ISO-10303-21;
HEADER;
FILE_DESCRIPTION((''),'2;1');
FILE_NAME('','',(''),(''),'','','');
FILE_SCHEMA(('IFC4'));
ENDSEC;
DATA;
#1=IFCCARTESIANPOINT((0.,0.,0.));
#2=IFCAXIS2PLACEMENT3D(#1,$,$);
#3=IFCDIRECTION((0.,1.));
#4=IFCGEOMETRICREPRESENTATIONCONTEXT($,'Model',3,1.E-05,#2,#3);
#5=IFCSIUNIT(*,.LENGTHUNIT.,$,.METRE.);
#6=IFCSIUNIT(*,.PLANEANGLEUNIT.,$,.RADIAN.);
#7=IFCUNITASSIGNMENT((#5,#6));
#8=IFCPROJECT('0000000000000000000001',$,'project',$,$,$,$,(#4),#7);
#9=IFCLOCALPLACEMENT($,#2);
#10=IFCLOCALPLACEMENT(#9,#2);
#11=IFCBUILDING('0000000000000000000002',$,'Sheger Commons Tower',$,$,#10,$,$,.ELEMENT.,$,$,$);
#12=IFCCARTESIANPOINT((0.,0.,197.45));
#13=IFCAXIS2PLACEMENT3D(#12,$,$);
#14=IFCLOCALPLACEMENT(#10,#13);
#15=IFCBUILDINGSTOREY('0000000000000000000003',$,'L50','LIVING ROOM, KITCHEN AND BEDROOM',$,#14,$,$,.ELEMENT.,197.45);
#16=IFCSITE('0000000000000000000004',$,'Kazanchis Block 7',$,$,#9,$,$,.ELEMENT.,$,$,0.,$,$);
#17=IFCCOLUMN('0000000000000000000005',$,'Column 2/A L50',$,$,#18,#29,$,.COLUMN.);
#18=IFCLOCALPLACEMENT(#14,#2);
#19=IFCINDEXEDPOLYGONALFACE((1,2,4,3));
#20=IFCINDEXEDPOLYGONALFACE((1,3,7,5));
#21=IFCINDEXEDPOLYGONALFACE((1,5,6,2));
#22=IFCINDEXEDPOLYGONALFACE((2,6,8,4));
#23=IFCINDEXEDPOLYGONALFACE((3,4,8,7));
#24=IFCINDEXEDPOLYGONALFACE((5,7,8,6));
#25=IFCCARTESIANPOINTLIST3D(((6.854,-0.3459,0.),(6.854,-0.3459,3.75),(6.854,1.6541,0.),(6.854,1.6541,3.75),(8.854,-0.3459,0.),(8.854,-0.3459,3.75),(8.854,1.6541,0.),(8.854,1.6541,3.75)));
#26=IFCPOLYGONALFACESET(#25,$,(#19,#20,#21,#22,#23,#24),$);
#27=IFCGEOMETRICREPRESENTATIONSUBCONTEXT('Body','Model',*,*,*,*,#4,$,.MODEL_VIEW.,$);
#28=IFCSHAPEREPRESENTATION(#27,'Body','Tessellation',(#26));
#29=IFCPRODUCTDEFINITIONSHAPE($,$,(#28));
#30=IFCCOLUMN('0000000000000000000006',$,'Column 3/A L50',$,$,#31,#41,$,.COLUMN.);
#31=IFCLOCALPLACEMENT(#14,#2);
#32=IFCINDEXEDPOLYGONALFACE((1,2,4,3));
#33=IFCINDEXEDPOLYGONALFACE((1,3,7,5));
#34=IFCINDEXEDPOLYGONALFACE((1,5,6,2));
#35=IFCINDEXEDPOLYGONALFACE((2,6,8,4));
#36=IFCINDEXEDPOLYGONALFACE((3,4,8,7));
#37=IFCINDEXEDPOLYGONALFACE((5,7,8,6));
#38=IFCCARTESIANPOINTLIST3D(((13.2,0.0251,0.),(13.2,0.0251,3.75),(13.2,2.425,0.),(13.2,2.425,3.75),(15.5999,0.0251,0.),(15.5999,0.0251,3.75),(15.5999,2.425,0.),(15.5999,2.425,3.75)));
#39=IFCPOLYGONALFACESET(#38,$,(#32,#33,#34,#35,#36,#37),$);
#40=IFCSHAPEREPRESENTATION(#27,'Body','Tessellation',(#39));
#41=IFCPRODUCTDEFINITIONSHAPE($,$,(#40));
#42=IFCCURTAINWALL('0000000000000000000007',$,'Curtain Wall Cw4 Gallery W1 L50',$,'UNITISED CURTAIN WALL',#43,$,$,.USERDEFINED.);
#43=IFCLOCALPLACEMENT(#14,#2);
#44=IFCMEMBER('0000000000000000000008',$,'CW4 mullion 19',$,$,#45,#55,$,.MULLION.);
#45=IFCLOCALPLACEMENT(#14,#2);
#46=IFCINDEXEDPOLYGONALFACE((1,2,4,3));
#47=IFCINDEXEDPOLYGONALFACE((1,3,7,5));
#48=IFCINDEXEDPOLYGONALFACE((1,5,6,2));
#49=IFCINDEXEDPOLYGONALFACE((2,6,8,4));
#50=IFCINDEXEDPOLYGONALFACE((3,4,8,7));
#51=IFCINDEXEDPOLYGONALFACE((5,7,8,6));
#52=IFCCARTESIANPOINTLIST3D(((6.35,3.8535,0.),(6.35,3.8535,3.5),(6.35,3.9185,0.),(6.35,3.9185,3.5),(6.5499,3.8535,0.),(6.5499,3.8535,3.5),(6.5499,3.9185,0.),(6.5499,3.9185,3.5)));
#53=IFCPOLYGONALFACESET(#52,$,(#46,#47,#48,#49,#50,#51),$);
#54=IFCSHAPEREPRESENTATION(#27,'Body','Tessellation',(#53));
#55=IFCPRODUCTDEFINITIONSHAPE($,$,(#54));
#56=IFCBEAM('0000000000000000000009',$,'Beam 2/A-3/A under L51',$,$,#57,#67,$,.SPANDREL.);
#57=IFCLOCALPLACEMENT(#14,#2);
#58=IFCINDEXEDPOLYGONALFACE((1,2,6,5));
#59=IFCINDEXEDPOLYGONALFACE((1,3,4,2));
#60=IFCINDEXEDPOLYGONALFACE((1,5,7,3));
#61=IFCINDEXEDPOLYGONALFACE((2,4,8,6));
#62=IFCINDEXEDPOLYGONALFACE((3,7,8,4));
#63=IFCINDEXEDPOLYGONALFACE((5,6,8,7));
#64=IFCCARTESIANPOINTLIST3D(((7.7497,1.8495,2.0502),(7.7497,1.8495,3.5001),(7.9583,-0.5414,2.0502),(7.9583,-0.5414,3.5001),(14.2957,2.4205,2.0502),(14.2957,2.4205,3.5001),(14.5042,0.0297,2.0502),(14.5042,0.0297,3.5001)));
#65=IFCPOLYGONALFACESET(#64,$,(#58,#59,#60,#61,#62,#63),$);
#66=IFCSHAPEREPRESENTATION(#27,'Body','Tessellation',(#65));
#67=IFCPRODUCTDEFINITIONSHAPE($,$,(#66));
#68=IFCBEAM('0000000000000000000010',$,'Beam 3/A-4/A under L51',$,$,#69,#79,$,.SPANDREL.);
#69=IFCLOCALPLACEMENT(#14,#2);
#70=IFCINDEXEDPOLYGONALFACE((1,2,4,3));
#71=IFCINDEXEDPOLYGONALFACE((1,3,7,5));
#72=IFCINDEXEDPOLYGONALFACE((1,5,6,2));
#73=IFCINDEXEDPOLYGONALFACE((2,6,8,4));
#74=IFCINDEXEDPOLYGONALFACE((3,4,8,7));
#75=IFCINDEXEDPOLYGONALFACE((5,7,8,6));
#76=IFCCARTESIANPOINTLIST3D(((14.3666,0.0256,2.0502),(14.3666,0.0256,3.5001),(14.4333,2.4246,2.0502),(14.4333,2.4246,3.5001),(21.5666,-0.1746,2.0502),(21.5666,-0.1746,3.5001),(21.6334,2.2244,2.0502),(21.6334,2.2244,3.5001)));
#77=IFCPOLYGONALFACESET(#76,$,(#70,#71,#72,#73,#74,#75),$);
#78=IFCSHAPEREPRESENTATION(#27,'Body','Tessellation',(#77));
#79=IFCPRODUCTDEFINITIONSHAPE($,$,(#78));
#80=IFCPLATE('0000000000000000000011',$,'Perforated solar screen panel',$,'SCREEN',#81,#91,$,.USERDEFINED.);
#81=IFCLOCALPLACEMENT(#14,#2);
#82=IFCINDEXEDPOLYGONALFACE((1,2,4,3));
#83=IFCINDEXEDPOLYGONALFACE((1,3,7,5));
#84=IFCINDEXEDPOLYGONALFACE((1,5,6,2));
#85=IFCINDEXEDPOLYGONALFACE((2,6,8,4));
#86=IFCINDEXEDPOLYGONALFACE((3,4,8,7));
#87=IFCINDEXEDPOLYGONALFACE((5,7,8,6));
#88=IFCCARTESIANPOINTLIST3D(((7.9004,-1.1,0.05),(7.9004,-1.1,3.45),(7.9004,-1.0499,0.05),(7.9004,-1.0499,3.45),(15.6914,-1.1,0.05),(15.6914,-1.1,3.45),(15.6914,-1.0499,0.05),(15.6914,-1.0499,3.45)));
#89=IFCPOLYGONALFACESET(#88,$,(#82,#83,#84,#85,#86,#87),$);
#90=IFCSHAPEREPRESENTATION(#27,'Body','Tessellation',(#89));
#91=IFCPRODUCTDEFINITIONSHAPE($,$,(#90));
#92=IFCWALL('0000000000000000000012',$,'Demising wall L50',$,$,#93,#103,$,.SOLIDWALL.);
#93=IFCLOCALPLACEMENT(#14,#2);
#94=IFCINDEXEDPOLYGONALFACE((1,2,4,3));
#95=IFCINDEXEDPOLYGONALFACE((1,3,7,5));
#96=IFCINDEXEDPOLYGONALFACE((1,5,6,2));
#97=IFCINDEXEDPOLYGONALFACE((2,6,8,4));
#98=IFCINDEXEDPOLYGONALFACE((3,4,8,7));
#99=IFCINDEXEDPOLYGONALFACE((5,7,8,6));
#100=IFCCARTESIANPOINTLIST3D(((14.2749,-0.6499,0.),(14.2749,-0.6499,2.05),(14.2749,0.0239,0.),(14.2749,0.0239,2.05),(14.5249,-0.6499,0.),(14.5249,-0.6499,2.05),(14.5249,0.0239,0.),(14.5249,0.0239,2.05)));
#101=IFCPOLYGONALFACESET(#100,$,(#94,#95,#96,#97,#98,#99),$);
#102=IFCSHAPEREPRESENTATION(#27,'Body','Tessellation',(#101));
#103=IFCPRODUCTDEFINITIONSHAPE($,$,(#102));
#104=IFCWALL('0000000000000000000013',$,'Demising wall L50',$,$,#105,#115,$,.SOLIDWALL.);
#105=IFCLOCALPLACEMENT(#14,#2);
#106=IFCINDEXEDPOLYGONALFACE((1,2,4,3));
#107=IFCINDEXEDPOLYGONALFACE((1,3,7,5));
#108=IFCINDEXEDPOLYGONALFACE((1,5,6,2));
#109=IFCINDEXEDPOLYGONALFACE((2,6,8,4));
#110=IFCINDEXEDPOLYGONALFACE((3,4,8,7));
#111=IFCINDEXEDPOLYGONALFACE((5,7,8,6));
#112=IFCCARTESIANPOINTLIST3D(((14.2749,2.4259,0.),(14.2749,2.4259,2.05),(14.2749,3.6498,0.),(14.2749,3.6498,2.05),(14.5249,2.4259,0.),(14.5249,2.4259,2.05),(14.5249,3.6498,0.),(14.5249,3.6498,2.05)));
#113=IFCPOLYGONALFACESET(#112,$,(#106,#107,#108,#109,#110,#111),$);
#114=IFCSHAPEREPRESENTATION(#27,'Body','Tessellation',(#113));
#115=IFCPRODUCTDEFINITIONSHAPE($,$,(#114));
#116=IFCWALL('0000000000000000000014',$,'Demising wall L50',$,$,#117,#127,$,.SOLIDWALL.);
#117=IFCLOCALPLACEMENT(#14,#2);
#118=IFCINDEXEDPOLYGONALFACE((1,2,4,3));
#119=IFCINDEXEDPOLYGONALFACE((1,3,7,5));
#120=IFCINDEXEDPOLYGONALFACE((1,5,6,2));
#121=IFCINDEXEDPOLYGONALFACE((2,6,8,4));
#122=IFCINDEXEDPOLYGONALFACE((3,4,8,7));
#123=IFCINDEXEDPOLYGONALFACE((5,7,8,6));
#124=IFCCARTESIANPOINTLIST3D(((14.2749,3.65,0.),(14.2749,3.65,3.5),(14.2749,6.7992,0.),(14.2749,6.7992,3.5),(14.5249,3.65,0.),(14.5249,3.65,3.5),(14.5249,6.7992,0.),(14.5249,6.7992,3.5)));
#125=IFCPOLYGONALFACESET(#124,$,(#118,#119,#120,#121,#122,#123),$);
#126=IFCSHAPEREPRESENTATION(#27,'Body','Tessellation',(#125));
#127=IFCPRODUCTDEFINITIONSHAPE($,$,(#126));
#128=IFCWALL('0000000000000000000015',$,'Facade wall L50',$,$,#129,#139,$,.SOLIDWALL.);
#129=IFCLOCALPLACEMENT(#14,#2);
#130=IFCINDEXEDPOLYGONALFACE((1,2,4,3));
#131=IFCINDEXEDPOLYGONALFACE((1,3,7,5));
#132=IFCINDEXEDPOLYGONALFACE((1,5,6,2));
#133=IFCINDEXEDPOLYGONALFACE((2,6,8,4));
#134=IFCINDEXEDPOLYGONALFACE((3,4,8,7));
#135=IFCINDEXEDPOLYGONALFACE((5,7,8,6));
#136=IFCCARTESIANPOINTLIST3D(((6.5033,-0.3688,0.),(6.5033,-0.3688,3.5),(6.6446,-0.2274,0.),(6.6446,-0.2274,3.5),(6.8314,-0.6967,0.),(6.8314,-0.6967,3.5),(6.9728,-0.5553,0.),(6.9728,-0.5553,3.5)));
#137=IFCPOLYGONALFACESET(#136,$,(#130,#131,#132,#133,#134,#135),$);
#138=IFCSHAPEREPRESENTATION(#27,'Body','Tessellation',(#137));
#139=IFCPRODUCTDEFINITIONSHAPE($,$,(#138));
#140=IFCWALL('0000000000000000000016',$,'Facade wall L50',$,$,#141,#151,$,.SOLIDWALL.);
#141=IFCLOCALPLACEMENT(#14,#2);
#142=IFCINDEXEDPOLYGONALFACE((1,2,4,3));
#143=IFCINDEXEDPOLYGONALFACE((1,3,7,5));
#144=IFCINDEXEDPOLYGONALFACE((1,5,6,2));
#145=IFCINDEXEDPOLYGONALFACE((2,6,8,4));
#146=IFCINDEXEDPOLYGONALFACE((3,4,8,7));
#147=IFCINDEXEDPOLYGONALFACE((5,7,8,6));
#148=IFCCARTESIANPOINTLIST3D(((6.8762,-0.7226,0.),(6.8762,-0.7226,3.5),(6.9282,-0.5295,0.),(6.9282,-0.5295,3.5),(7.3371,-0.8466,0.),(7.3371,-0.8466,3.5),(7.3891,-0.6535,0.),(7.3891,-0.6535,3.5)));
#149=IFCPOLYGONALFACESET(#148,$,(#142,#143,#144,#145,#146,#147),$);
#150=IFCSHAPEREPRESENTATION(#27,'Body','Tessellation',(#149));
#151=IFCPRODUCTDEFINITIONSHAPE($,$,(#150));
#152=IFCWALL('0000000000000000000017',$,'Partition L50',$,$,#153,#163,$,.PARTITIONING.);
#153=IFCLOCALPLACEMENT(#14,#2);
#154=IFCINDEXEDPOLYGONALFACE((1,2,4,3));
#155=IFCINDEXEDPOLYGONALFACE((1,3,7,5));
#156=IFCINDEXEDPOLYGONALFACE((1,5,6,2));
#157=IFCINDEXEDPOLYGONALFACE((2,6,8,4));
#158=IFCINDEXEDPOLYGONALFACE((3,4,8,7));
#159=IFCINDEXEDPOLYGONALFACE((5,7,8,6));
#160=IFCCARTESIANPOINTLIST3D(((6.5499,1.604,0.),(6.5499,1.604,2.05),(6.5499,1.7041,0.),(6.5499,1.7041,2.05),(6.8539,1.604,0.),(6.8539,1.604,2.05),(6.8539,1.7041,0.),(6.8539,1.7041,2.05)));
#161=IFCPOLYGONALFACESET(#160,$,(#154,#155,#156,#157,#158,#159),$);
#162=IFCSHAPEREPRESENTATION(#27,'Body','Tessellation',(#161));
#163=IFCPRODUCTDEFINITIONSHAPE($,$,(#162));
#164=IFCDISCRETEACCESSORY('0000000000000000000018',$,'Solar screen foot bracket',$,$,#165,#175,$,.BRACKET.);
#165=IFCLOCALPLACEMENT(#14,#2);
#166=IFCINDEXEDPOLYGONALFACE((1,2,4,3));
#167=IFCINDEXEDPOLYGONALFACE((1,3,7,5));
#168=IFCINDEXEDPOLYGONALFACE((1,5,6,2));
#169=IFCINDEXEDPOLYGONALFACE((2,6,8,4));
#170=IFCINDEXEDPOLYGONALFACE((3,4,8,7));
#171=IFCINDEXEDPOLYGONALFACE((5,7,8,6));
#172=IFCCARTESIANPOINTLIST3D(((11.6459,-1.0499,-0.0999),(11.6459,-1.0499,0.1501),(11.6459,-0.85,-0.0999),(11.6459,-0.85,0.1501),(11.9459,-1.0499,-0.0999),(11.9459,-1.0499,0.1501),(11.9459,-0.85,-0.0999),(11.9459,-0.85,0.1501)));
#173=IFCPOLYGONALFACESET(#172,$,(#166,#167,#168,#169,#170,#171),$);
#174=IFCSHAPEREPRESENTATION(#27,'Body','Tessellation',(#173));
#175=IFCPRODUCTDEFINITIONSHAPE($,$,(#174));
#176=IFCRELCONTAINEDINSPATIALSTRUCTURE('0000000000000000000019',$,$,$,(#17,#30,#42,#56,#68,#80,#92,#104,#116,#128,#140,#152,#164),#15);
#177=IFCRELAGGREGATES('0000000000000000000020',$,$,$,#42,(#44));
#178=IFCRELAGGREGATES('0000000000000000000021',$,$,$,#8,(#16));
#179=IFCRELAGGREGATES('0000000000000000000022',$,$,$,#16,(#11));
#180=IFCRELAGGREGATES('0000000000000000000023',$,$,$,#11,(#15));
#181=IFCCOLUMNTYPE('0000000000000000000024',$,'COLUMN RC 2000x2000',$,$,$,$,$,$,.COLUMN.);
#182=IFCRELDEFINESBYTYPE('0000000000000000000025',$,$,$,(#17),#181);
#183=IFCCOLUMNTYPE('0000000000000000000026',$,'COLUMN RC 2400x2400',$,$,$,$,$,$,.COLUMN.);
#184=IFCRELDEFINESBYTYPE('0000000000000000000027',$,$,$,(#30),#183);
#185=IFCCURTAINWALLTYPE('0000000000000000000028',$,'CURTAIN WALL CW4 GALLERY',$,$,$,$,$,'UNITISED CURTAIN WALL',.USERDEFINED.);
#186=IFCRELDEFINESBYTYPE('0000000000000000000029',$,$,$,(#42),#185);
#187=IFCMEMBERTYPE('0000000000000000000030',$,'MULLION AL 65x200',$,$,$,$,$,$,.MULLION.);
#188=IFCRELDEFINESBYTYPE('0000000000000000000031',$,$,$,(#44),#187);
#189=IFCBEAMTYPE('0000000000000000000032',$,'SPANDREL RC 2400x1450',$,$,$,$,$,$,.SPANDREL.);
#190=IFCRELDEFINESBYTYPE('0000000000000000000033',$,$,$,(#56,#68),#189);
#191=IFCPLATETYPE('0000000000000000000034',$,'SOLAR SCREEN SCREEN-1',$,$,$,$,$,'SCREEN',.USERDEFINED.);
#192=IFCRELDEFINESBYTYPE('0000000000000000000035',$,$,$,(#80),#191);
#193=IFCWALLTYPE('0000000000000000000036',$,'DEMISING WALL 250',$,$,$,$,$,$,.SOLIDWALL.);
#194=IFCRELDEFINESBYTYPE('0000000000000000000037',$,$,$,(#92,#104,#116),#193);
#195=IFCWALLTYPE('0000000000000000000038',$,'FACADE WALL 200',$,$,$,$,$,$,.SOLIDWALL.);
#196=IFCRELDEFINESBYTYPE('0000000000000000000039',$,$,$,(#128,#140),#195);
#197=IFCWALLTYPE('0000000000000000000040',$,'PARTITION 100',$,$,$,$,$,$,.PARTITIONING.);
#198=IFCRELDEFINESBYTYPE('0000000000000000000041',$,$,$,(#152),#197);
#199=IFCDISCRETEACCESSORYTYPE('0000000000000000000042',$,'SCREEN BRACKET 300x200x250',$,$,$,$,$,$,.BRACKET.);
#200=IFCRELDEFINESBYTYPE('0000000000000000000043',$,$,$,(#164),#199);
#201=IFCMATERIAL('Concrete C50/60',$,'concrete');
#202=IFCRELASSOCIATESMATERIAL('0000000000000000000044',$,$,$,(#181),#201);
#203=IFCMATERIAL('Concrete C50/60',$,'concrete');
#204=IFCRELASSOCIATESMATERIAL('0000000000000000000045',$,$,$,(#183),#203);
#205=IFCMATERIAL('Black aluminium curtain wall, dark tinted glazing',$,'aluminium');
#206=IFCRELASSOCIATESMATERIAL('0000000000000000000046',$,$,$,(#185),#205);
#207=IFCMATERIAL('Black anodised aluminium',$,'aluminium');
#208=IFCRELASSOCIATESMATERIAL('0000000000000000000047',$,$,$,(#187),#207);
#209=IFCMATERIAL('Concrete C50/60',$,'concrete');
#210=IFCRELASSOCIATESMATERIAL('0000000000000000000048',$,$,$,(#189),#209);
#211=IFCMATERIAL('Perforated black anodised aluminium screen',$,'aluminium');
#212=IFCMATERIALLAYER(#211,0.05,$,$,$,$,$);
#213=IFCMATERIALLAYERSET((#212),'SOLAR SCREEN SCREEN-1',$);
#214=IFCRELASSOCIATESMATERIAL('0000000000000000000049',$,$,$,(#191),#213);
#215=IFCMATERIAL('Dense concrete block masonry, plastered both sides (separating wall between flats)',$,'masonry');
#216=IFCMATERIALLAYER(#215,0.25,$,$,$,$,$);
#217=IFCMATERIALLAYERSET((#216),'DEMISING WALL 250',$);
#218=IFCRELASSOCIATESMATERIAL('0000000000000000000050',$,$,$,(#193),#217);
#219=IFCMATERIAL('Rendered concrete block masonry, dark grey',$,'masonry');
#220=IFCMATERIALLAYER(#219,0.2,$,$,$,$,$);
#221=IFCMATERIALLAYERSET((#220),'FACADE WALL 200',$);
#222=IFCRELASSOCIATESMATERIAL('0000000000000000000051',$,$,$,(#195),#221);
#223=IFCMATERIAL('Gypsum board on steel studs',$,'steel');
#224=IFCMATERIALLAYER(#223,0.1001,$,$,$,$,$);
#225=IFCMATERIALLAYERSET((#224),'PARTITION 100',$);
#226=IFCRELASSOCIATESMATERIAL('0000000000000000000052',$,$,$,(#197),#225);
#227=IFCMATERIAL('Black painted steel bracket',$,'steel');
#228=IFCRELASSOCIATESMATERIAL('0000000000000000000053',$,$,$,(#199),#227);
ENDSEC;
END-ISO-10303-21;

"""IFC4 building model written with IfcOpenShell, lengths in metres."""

from ifc_helpers import new_model, si_unit, direction, frame, frame_2d, origin, origin_2d, place, context, subcontext, project, spatial, rectangle, extrude, material, layer, layer_set, material_profile, profile_set, type_object, element, aggregate, save


model = new_model("IFC4")

# Units and contexts
model_context = context("Model", 3, precision=1e-05, world=origin(), true_north=direction((0.0, 1.0)))
body_context = subcontext(model_context, "Body", "Model", "MODEL_VIEW")
ifc_project = project(units=[si_unit("LENGTHUNIT", "METRE"), si_unit("PLANEANGLEUNIT", "RADIAN")], contexts=[model_context])

# Site, building, storey
site_placement = place(None, origin())
site = spatial("IfcSite", under=ifc_project, at=site_placement, Name="Kazanchis Block 7", CompositionType="ELEMENT", RefElevation=0.0)
building_placement = place(site_placement, origin())
building = spatial("IfcBuilding", under=site, at=building_placement, Name="Sheger Commons Tower", CompositionType="ELEMENT")
storey_placement = place(building_placement, frame((0.0, 0.0, 197.45)))
storey = spatial("IfcBuildingStorey", under=building, at=storey_placement, Name="L50", Description="LIVING ROOM, KITCHEN AND BEDROOM", CompositionType="ELEMENT", Elevation=197.45)

# Columns
ifc_material_1 = material(Name="Concrete C50/60", Category="concrete")
ifc_material_profile_1 = material_profile(ifc_material_1, rectangle(XDim=2.0, YDim=2.0, at=origin_2d()), Name="RC 2000x2000")
ifc_profile_set_1 = profile_set([ifc_material_profile_1], Name="Concrete C50/60")
column_type_1 = type_object("IfcColumnType", Name="COLUMN RC 2000x2000", PredefinedType="COLUMN", material=ifc_profile_set_1)
column_1_placement = place(storey_placement, frame((7.854, 0.6541, 0.0), z_axis=(0.0, 0.0, 1.0), x_axis=(1.0, 0.0, 0.0)))
element("IfcColumn", 1, at=column_1_placement, inside=storey, type_object=column_type_1, Name="Column 2/A L50", PredefinedType="COLUMN", context=body_context, shape_type="SweptSolid", body=[
    extrude(rectangle(XDim=2.0, YDim=2.0, at=origin_2d()), origin(), (0.0, 0.0, 1.0), 3.75),
])
ifc_material_2 = material(Name="Concrete C50/60", Category="concrete")
ifc_material_profile_2 = material_profile(ifc_material_2, rectangle(XDim=2.3999, YDim=2.3999, at=origin_2d()), Name="RC 2400x2400")
ifc_profile_set_2 = profile_set([ifc_material_profile_2], Name="Concrete C50/60")
column_type_2 = type_object("IfcColumnType", Name="COLUMN RC 2400x2400", PredefinedType="COLUMN", material=ifc_profile_set_2)
column_2_placement = place(storey_placement, frame((14.3999, 1.2251, 0.0), z_axis=(0.0, 0.0, 1.0), x_axis=(1.0, 0.0, 0.0)))
element("IfcColumn", 2, at=column_2_placement, inside=storey, type_object=column_type_2, Name="Column 3/A L50", PredefinedType="COLUMN", context=body_context, shape_type="SweptSolid", body=[
    extrude(rectangle(XDim=2.3999, YDim=2.3999, at=origin_2d()), origin(), (0.0, 0.0, 1.0), 3.75),
])

# Curtain wall, member
ifc_material_3 = material(Name="Black aluminium curtain wall, dark tinted glazing", Category="aluminium")
curtain_wall_type = type_object("IfcCurtainWallType", Name="CURTAIN WALL CW4 GALLERY", ElementType="UNITISED CURTAIN WALL", PredefinedType="USERDEFINED", material=ifc_material_3)
curtain_wall_placement = place(storey_placement, origin())
curtain_wall = element("IfcCurtainWall", 3, at=curtain_wall_placement, inside=storey, type_object=curtain_wall_type, Name="Curtain Wall Cw4 Gallery W1 L50", ObjectType="UNITISED CURTAIN WALL", PredefinedType="USERDEFINED")
ifc_material_4 = material(Name="Black anodised aluminium", Category="aluminium")
ifc_material_profile_3 = material_profile(ifc_material_4, rectangle(XDim=0.2, YDim=0.0649, at=origin_2d()), Name="AL 65x200")
ifc_profile_set_3 = profile_set([ifc_material_profile_3], Name="Black anodised aluminium")
member_type = type_object("IfcMemberType", Name="MULLION AL 65x200", PredefinedType="MULLION", material=ifc_profile_set_3)
member_placement = place(storey_placement, frame((6.45, 3.886, 0.0), z_axis=(0.0, 0.0, 1.0), x_axis=(1.0, 0.0, 0.0)))
member = element("IfcMember", 4, at=member_placement, type_object=member_type, Name="CW4 mullion 19", PredefinedType="MULLION", context=body_context, shape_type="SweptSolid", body=[
    extrude(rectangle(XDim=0.2, YDim=0.0649, at=origin_2d()), origin(), (0.0, 0.0, 1.0), 3.5),
])
aggregate(curtain_wall, [member])

# Beams
ifc_material_5 = material(Name="Concrete C50/60", Category="concrete")
ifc_material_profile_4 = material_profile(ifc_material_5, rectangle(XDim=2.3999, YDim=1.45, at=origin_2d()), Name="RC 2400x1450")
ifc_profile_set_4 = profile_set([ifc_material_profile_4], Name="Concrete C50/60")
beam_type = type_object("IfcBeamType", Name="SPANDREL RC 2400x1450", PredefinedType="SPANDREL", material=ifc_profile_set_4)
beam_1_placement = place(storey_placement, frame((7.854, 0.6541, 2.7751), z_axis=(0.996216, 0.086907, 0.0), x_axis=(-0.086907, 0.996216, 0.0)))
element("IfcBeam", 5, at=beam_1_placement, inside=storey, type_object=beam_type, Name="Beam 2/A-3/A under L51", PredefinedType="SPANDREL", context=body_context, shape_type="SweptSolid", body=[
    extrude(rectangle(XDim=2.3999, YDim=1.45, at=origin_2d()), origin(), (0.0, 0.0, 1.0), 6.5708),
])
beam_2_placement = place(storey_placement, frame((14.3999, 1.2251, 2.7751), z_axis=(0.999614, -0.027793, 0.0), x_axis=(0.027793, 0.999614, 0.0)))
element("IfcBeam", 6, at=beam_2_placement, inside=storey, type_object=beam_type, Name="Beam 3/A-4/A under L51", PredefinedType="SPANDREL", context=body_context, shape_type="SweptSolid", body=[
    extrude(rectangle(XDim=2.3999, YDim=1.45, at=origin_2d()), origin(), (0.0, 0.0, 1.0), 7.2029),
])

# Plate
ifc_material_6 = material(Name="Perforated black anodised aluminium screen", Category="aluminium")
ifc_layer_1 = layer(ifc_material_6, 0.05)
ifc_layer_set_1 = layer_set([ifc_layer_1], Name="SOLAR SCREEN SCREEN-1")
plate_type = type_object("IfcPlateType", Name="SOLAR SCREEN SCREEN-1", ElementType="SCREEN", PredefinedType="USERDEFINED", material=ifc_layer_set_1)
plate_placement = place(storey_placement, frame((11.7959, -1.075, 0.05), z_axis=(0.0, 0.0, 1.0), x_axis=(1.0, 0.0, 0.0)))
element("IfcPlate", 7, at=plate_placement, inside=storey, type_object=plate_type, Name="Perforated solar screen panel", ObjectType="SCREEN", PredefinedType="USERDEFINED", context=body_context, shape_type="SweptSolid", body=[
    extrude(rectangle(XDim=7.791, YDim=0.05, at=origin_2d()), origin(), (0.0, 0.0, 1.0), 3.3999),
])

# Walls
ifc_material_7 = material(Name="Dense concrete block masonry, plastered both sides (separating wall between flats)", Category="masonry")
ifc_layer_2 = layer(ifc_material_7, 0.25)
ifc_layer_set_2 = layer_set([ifc_layer_2], Name="DEMISING WALL 250")
wall_type_1 = type_object("IfcWallType", Name="DEMISING WALL 250", PredefinedType="SOLIDWALL", material=ifc_layer_set_2)
wall_1_placement = place(storey_placement, frame((14.3999, -0.6499, 0.0), z_axis=(0.0, 0.0, 1.0), x_axis=(0.0, 1.0, 0.0)))
element("IfcWall", 8, at=wall_1_placement, inside=storey, type_object=wall_type_1, Name="Demising wall L50", PredefinedType="SOLIDWALL", context=body_context, shape_type="SweptSolid", body=[
    extrude(rectangle(XDim=0.6738, YDim=0.25, at=frame_2d((0.3369, 0.0))), origin(), (0.0, 0.0, 1.0), 2.05),
])
wall_2_placement = place(storey_placement, frame((14.3999, 2.426, 0.0), z_axis=(0.0, 0.0, 1.0), x_axis=(0.0, 1.0, 0.0)))
element("IfcWall", 9, at=wall_2_placement, inside=storey, type_object=wall_type_1, Name="Demising wall L50", PredefinedType="SOLIDWALL", context=body_context, shape_type="SweptSolid", body=[
    extrude(rectangle(XDim=1.2239, YDim=0.25, at=frame_2d((0.6118, 0.0))), origin(), (0.0, 0.0, 1.0), 2.05),
])
wall_3_placement = place(storey_placement, frame((14.3999, 3.6499, 0.0), z_axis=(0.0, 0.0, 1.0), x_axis=(0.0, 1.0, 0.0)))
element("IfcWall", 10, at=wall_3_placement, inside=storey, type_object=wall_type_1, Name="Demising wall L50", PredefinedType="SOLIDWALL", context=body_context, shape_type="SweptSolid", body=[
    extrude(rectangle(XDim=3.1492, YDim=0.25, at=frame_2d((1.5747, 0.0))), origin(), (0.0, 0.0, 1.0), 3.5),
])

# Shared definitions
ifc_material_8 = material(Name="Rendered concrete block masonry, dark grey", Category="masonry")
ifc_layer_3 = layer(ifc_material_8, 0.2)
ifc_layer_set_3 = layer_set([ifc_layer_3], Name="FACADE WALL 200")
wall_type_2 = type_object("IfcWallType", Name="FACADE WALL 200", PredefinedType="SOLIDWALL", material=ifc_layer_set_3)

# Walls
wall_4_placement = place(storey_placement, frame((6.574, -0.2981, 0.0), z_axis=(0.0, 0.0, 1.0), x_axis=(0.70737, -0.706844, 0.0)))
element("IfcWall", 11, at=wall_4_placement, inside=storey, type_object=wall_type_2, Name="Facade wall L50", PredefinedType="SOLIDWALL", context=body_context, shape_type="SweptSolid", body=[
    extrude(rectangle(XDim=0.4639, YDim=0.2, at=frame_2d((0.2319, 0.0))), origin(), (0.0, 0.0, 1.0), 3.5),
])
wall_5_placement = place(storey_placement, frame((6.9021, -0.626, 0.0), z_axis=(0.0, 0.0, 1.0), x_axis=(0.965655, -0.259827, 0.0)))
element("IfcWall", 12, at=wall_5_placement, inside=storey, type_object=wall_type_2, Name="Facade wall L50", PredefinedType="SOLIDWALL", context=body_context, shape_type="SweptSolid", body=[
    extrude(rectangle(XDim=0.4773, YDim=0.2, at=frame_2d((0.2388, 0.0))), origin(), (0.0, 0.0, 1.0), 3.5),
])
ifc_material_9 = material(Name="Gypsum board on steel studs", Category="steel")
ifc_layer_4 = layer(ifc_material_9, 0.1001)
ifc_layer_set_4 = layer_set([ifc_layer_4], Name="PARTITION 100")
wall_type_3 = type_object("IfcWallType", Name="PARTITION 100", PredefinedType="PARTITIONING", material=ifc_layer_set_4)
wall_6_placement = place(storey_placement, frame((6.55, 1.6541, 0.0), z_axis=(0.0, 0.0, 1.0), x_axis=(1.0, 0.0, 0.0)))
element("IfcWall", 13, at=wall_6_placement, inside=storey, type_object=wall_type_3, Name="Partition L50", PredefinedType="PARTITIONING", context=body_context, shape_type="SweptSolid", body=[
    extrude(rectangle(XDim=0.304, YDim=0.1001, at=frame_2d((0.1519, 0.0))), origin(), (0.0, 0.0, 1.0), 2.05),
])

# Discrete accessory
ifc_material_10 = material(Name="Black painted steel bracket", Category="steel")
discrete_accessory_type = type_object("IfcDiscreteAccessoryType", Name="SCREEN BRACKET 300x200x250", PredefinedType="BRACKET", material=ifc_material_10)
for number, where, z_axis, x_axis, name in (
    (14, (11.7959, -0.95, -0.0999), (0.0, 0.0, 1.0), (1.0, 0.0, 0.0), "Solar screen foot bracket"),
):
    element("IfcDiscreteAccessory", number, at=place(storey_placement, frame(where, z_axis=z_axis, x_axis=x_axis)), inside=storey, type_object=discrete_accessory_type, Name=name, PredefinedType="BRACKET", context=body_context, shape_type="SweptSolid", body=[
        extrude(rectangle(XDim=0.3, YDim=0.2, at=origin_2d()), origin(), (0.0, 0.0, 1.0), 0.25),
    ])

save(model, "model.ifc")
